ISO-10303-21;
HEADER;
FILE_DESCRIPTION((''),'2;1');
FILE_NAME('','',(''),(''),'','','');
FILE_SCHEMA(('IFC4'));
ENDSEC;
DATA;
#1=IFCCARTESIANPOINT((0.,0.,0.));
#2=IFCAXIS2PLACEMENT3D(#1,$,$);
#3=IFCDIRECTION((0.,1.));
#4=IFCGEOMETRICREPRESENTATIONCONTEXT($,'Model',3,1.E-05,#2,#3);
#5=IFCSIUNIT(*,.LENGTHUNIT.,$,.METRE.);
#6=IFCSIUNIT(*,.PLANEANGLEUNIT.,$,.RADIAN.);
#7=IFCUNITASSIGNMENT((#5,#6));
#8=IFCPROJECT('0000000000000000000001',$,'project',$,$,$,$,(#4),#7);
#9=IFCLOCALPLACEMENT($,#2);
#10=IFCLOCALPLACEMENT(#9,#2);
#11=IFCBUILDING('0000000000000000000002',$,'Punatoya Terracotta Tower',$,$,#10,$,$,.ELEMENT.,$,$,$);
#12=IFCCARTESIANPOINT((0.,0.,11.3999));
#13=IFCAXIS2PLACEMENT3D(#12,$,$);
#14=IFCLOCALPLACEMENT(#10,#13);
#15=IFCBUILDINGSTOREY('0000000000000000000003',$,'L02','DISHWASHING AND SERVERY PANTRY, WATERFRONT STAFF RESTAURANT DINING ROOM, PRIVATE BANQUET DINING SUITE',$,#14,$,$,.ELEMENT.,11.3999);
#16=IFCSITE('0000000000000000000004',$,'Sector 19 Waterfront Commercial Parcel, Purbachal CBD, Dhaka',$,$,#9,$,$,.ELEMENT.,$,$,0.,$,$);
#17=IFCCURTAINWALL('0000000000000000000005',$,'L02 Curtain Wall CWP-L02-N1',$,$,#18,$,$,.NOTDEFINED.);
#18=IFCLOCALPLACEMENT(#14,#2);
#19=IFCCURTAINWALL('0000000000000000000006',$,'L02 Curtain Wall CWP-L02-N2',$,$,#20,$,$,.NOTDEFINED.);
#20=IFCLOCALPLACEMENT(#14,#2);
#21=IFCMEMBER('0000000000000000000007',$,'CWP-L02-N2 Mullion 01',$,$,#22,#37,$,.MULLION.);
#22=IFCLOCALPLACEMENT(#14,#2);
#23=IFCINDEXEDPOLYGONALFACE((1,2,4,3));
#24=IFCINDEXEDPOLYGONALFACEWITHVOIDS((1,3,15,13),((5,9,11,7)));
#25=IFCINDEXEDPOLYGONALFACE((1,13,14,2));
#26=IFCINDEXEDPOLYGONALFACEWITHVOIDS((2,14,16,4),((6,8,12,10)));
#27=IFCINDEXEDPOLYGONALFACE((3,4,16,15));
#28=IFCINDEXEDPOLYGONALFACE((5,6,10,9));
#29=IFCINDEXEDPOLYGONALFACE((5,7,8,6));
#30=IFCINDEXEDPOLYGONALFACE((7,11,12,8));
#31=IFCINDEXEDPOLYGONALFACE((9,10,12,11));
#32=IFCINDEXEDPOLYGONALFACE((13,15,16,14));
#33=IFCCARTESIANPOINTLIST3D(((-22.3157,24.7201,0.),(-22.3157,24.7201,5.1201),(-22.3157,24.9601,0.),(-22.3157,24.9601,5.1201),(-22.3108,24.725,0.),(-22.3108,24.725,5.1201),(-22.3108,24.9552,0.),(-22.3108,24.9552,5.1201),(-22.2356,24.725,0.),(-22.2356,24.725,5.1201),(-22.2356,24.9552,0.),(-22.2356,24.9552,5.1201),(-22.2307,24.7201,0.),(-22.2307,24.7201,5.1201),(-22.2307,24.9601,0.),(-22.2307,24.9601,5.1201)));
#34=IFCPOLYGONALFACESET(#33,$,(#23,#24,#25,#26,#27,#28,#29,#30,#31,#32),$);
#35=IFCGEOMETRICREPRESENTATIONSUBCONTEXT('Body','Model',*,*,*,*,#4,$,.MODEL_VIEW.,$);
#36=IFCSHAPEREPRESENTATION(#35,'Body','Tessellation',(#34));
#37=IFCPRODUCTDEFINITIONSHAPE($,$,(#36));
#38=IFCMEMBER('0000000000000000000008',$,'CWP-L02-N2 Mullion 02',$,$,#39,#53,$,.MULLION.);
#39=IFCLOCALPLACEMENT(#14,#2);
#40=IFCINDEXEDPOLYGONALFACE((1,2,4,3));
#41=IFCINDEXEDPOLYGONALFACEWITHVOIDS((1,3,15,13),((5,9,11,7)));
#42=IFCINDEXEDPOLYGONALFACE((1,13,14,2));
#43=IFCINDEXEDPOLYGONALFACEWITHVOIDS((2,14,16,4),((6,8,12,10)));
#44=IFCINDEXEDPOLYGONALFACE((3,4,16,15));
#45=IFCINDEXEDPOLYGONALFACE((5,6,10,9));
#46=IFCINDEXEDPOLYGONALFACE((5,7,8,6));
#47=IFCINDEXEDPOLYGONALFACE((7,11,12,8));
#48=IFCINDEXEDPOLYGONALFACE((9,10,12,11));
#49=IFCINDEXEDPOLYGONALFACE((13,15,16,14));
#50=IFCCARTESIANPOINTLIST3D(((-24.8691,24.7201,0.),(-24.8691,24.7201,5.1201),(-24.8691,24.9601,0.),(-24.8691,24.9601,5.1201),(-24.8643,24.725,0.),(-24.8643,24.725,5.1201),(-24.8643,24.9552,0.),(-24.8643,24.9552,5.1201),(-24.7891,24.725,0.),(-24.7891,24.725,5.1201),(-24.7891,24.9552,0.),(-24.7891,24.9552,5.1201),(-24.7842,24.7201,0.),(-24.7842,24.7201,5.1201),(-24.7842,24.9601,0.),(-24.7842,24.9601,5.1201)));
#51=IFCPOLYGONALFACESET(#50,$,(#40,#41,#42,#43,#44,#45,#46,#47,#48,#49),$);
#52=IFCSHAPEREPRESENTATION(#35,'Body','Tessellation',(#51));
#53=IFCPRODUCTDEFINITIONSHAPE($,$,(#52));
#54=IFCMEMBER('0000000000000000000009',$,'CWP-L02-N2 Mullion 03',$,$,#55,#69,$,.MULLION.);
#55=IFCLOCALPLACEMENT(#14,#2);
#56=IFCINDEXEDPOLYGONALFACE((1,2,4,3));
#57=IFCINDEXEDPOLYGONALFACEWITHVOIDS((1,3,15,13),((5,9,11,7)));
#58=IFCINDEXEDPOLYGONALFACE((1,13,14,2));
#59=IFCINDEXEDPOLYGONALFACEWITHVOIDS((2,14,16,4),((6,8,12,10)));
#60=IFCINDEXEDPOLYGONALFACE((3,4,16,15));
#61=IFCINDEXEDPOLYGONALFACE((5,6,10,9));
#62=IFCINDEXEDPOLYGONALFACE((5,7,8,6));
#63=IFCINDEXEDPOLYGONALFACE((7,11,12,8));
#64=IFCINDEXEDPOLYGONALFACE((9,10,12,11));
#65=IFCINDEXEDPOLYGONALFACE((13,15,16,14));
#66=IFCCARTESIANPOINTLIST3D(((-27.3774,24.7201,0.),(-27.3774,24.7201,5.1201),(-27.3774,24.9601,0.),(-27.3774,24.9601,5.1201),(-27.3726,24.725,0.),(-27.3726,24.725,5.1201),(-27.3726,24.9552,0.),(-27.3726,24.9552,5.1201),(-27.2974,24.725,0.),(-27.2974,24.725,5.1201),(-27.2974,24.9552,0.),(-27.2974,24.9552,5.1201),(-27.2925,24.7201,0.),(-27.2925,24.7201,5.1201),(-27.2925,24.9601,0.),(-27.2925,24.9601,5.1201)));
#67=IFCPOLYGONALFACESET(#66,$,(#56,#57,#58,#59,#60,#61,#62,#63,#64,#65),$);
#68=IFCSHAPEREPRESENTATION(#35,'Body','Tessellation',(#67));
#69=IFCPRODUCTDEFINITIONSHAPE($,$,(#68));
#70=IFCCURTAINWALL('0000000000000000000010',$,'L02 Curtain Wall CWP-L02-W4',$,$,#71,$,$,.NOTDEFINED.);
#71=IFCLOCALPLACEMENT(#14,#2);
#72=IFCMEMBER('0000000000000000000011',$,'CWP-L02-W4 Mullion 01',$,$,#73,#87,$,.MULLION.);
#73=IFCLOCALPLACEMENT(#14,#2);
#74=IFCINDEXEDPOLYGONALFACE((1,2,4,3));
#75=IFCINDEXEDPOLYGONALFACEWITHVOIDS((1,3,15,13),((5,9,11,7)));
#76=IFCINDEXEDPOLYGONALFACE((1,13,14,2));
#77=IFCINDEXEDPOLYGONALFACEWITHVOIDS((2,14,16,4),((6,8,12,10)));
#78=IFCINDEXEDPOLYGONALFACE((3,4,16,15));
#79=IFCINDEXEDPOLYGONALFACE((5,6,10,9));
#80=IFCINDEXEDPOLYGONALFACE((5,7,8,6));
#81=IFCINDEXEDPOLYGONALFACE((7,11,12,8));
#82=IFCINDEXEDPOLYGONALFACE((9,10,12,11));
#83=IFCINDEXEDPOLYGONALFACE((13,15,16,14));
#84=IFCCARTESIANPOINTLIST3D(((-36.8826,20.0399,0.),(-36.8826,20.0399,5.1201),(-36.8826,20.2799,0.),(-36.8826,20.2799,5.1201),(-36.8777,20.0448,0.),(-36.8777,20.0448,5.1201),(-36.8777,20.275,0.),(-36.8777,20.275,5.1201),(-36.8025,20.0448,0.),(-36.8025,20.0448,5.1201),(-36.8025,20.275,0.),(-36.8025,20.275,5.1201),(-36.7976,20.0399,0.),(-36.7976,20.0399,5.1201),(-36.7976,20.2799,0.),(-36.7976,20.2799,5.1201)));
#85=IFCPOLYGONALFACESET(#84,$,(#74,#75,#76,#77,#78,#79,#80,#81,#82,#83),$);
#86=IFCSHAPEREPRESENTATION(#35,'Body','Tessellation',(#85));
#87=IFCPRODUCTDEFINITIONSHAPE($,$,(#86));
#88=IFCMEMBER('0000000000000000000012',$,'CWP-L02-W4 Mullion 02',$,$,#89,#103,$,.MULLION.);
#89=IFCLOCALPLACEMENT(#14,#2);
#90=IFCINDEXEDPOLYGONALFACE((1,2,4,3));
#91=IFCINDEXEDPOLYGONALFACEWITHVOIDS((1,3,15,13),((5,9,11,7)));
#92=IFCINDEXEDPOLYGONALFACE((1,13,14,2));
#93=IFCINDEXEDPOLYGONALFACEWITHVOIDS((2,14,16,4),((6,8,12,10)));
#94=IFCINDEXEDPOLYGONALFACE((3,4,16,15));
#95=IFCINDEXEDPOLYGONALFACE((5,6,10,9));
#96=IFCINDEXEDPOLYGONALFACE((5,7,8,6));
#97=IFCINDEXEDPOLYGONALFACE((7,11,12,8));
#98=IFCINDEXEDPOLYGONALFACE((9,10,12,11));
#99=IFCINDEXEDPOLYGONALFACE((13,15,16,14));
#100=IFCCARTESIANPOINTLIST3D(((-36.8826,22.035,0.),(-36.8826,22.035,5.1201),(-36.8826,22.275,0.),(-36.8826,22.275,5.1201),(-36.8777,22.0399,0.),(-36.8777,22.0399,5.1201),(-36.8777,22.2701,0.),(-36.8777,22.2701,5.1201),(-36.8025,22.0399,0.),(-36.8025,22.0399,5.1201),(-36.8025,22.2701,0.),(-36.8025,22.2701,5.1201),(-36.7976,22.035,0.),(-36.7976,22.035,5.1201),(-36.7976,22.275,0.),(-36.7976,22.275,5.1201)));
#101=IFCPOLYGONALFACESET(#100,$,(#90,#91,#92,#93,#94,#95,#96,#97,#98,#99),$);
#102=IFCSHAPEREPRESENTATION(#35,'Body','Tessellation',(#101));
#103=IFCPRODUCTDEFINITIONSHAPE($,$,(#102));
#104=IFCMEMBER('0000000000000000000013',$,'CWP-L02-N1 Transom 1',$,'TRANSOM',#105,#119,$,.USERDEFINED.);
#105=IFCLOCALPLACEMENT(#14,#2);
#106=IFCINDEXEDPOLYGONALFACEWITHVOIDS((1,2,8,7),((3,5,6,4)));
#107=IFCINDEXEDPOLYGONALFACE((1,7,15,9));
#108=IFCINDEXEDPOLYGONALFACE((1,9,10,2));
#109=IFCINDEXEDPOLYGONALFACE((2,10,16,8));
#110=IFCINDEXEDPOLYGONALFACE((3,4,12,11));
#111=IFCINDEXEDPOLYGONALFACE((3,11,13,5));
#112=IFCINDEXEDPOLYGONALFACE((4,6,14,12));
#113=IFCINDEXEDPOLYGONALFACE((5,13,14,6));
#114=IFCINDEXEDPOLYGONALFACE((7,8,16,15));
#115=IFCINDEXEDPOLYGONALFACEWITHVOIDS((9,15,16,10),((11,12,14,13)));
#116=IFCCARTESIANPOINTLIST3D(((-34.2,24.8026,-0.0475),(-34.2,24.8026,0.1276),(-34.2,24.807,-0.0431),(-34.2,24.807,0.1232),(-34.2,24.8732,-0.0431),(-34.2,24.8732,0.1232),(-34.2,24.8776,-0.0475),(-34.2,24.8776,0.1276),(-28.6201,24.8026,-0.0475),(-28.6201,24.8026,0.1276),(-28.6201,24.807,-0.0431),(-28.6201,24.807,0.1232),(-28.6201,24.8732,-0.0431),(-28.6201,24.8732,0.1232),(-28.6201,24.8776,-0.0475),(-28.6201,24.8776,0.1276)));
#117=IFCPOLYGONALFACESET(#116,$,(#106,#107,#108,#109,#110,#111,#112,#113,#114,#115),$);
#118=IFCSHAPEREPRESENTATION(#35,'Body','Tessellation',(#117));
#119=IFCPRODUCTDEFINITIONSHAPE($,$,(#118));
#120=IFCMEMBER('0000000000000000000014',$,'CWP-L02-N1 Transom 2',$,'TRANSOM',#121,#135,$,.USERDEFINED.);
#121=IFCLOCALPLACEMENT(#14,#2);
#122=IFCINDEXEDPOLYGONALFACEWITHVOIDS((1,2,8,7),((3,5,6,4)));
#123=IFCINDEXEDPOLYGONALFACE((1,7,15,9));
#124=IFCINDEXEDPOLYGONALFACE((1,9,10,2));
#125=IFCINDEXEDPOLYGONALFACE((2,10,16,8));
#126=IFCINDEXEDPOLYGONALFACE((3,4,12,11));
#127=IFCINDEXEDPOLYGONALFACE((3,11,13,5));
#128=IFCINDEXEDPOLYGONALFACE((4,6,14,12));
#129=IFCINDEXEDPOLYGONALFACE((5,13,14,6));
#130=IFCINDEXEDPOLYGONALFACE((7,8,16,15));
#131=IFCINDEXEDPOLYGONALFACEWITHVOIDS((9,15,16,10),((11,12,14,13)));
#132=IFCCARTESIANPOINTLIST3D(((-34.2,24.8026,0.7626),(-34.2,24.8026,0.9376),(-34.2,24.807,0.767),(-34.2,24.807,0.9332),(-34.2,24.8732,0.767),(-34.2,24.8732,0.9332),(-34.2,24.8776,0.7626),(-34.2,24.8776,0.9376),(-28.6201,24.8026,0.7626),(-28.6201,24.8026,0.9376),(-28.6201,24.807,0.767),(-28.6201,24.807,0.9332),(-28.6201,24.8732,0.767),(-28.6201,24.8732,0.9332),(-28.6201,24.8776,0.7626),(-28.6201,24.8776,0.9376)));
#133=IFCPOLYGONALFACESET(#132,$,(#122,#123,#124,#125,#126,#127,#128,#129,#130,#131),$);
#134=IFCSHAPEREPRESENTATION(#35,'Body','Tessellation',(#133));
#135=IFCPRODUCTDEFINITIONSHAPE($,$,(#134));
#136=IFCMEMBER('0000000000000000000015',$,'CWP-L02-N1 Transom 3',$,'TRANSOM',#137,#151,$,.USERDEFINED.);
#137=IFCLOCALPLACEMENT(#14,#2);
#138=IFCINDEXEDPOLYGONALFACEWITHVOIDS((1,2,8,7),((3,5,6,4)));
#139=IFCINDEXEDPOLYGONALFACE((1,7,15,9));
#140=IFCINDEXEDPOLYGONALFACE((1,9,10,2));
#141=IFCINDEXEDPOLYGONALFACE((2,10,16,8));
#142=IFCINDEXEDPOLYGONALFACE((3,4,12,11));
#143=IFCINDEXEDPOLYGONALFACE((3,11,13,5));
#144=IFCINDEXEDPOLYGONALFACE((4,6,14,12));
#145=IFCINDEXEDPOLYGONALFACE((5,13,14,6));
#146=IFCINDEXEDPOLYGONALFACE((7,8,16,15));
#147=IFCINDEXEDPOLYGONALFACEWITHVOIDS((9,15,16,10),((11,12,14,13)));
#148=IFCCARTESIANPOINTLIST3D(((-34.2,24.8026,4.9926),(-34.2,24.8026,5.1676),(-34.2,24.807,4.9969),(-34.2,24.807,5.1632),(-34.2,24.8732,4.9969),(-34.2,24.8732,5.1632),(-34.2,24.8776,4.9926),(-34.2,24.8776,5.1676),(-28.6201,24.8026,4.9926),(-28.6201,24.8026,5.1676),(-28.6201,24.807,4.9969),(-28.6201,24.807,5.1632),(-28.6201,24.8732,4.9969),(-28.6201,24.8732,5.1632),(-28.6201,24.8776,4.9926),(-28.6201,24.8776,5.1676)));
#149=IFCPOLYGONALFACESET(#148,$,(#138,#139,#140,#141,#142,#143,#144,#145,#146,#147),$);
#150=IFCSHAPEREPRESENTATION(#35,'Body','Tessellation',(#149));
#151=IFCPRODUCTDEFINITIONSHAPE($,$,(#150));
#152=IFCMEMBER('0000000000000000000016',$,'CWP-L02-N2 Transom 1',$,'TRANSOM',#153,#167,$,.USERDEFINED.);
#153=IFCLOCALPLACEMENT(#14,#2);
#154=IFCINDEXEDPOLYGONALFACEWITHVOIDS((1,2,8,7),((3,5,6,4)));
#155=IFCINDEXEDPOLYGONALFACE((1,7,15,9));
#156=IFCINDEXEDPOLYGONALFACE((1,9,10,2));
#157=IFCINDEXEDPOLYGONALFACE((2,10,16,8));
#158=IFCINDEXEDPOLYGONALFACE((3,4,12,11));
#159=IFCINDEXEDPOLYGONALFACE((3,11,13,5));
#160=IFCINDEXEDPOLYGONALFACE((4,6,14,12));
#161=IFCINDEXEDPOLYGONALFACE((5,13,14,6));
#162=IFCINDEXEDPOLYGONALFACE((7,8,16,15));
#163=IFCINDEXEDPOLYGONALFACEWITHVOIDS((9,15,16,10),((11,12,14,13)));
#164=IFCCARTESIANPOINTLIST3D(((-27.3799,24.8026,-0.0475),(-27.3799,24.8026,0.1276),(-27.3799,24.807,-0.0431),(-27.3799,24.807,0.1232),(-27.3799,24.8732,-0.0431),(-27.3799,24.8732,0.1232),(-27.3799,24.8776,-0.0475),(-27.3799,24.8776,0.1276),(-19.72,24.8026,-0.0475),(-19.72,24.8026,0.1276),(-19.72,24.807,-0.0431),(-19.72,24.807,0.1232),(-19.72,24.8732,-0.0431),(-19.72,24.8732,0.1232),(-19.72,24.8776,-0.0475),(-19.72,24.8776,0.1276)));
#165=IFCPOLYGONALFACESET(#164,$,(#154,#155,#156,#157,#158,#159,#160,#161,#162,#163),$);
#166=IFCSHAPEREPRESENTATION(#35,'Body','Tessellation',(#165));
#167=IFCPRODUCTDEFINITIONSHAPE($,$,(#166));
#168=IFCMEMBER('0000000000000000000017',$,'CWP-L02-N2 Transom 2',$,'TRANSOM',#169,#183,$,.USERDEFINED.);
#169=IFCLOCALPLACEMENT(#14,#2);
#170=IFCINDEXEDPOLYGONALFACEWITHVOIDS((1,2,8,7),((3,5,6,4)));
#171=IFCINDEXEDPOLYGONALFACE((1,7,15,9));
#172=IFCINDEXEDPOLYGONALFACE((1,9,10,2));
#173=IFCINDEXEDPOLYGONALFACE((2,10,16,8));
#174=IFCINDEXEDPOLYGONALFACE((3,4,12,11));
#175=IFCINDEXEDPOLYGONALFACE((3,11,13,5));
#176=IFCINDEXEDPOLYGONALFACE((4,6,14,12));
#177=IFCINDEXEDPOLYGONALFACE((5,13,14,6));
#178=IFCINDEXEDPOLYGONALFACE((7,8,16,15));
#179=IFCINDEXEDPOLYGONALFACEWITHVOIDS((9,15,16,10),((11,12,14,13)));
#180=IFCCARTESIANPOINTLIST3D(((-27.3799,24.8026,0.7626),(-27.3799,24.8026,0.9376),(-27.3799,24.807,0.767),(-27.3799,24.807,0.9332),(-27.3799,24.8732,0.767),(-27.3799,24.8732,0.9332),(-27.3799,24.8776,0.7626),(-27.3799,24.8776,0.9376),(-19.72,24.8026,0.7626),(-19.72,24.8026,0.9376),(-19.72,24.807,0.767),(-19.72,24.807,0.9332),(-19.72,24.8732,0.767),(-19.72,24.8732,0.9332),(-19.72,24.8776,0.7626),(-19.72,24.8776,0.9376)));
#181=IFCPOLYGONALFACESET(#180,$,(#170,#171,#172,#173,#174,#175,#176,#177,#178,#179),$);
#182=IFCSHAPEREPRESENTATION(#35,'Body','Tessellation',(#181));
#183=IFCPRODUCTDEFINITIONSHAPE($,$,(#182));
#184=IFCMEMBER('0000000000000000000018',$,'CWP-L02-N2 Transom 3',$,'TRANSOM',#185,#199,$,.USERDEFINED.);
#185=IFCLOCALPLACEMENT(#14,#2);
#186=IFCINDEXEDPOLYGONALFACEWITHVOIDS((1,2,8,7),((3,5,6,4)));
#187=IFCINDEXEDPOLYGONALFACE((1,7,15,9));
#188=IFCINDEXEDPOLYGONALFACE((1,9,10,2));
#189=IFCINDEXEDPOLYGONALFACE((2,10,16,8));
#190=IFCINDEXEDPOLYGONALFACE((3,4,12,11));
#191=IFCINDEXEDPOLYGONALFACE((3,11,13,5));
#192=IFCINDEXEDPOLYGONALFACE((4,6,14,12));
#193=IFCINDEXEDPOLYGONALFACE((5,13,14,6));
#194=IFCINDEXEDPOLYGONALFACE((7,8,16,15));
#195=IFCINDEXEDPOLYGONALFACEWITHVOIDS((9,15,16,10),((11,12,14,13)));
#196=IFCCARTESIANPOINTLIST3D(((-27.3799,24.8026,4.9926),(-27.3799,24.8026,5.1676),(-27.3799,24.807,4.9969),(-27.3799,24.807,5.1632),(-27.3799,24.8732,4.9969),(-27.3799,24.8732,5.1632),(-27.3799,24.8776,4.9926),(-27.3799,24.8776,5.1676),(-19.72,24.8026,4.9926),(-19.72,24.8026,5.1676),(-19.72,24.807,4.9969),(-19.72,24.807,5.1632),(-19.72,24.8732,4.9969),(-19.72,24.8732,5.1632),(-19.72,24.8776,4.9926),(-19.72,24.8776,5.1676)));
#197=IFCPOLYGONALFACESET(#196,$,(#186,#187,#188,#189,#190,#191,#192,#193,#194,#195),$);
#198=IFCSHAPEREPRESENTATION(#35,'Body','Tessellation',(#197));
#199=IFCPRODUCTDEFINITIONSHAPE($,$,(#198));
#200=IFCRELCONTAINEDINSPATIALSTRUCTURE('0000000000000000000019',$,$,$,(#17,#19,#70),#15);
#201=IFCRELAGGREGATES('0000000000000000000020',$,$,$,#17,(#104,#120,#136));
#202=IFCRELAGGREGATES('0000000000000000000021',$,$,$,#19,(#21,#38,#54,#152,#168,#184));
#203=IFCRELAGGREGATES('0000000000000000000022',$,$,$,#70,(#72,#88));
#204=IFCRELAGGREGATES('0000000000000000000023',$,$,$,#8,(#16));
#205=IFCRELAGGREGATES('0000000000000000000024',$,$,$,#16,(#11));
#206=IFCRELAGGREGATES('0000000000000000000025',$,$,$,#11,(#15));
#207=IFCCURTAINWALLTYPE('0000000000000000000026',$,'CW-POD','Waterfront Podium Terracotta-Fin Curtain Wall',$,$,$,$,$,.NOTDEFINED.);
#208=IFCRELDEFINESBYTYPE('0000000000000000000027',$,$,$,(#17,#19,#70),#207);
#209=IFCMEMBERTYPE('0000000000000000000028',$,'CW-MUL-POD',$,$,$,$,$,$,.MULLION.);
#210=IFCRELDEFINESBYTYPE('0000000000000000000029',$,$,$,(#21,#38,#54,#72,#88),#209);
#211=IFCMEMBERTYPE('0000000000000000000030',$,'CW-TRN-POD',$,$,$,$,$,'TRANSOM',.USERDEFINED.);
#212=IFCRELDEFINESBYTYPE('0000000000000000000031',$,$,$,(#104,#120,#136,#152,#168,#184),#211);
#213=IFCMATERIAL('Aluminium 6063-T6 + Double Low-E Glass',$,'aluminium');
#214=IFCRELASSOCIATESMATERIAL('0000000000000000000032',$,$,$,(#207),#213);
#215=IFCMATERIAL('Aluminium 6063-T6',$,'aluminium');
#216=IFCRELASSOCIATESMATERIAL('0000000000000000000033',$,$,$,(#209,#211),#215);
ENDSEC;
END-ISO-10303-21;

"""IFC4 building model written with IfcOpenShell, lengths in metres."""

from ifc_helpers import new_model, si_unit, direction, frame, origin, origin_2d, place, context, subcontext, project, spatial, hollow_rectangle, extrude, material, material_profile, profile_set, type_object, element, aggregate, save


model = new_model("IFC4")

# Units and contexts
model_context = context("Model", 3, precision=1e-05, world=origin(), true_north=direction((0.0, 1.0)))
body_context = subcontext(model_context, "Body", "Model", "MODEL_VIEW")
ifc_project = project(units=[si_unit("LENGTHUNIT", "METRE"), si_unit("PLANEANGLEUNIT", "RADIAN")], contexts=[model_context])

# Site, building, storey
site_placement = place(None, origin())
site = spatial("IfcSite", under=ifc_project, at=site_placement, Name="Sector 19 Waterfront Commercial Parcel, Purbachal CBD, Dhaka", CompositionType="ELEMENT", RefElevation=0.0)
building_placement = place(site_placement, origin())
building = spatial("IfcBuilding", under=site, at=building_placement, Name="Punatoya Terracotta Tower", CompositionType="ELEMENT")
storey_placement = place(building_placement, frame((0.0, 0.0, 11.3999)))
storey = spatial("IfcBuildingStorey", under=building, at=storey_placement, Name="L02", Description="DISHWASHING AND SERVERY PANTRY, WATERFRONT STAFF RESTAURANT DINING ROOM, PRIVATE BANQUET DINING SUITE", CompositionType="ELEMENT", Elevation=11.3999)

# Curtain walls, members
ifc_material_1 = material(Name="Aluminium 6063-T6 + Double Low-E Glass", Category="aluminium")
curtain_wall_type = type_object("IfcCurtainWallType", Name="CW-POD", Description="Waterfront Podium Terracotta-Fin Curtain Wall", PredefinedType="NOTDEFINED", material=ifc_material_1)
curtain_wall_1_placement = place(storey_placement, origin())
curtain_wall_1 = element("IfcCurtainWall", 1, at=curtain_wall_1_placement, inside=storey, type_object=curtain_wall_type, Name="L02 Curtain Wall CWP-L02-N1", PredefinedType="NOTDEFINED")
ifc_material_2 = material(Name="Aluminium 6063-T6", Category="aluminium")
ifc_material_profile_1 = material_profile(ifc_material_2, hollow_rectangle(XDim=0.085, YDim=0.24, WallThickness=0.0049, at=origin_2d()))
ifc_profile_set_1 = profile_set([ifc_material_profile_1], Name="Aluminium 6063-T6")
member_type_1 = type_object("IfcMemberType", Name="CW-MUL-POD", PredefinedType="MULLION", material=ifc_profile_set_1)
curtain_wall_2_placement = place(storey_placement, origin())
curtain_wall_2 = element("IfcCurtainWall", 2, at=curtain_wall_2_placement, inside=storey, type_object=curtain_wall_type, Name="L02 Curtain Wall CWP-L02-N2", PredefinedType="NOTDEFINED")
member_1_placement = place(storey_placement, frame((-22.2732, 24.8401, 0.0), z_axis=(0.0, 0.0, 1.0), x_axis=(1.0, 0.0, 0.0)))
member_1 = element("IfcMember", 3, at=member_1_placement, type_object=member_type_1, Name="CWP-L02-N2 Mullion 01", PredefinedType="MULLION", context=body_context, shape_type="SweptSolid", body=[
    extrude(hollow_rectangle(XDim=0.085, YDim=0.24, WallThickness=0.0049, at=origin_2d()), origin(), (0.0, 0.0, 1.0), 5.1201),
])
member_2_placement = place(storey_placement, frame((-24.8267, 24.8401, 0.0), z_axis=(0.0, 0.0, 1.0), x_axis=(1.0, 0.0, 0.0)))
member_2 = element("IfcMember", 4, at=member_2_placement, type_object=member_type_1, Name="CWP-L02-N2 Mullion 02", PredefinedType="MULLION", context=body_context, shape_type="SweptSolid", body=[
    extrude(hollow_rectangle(XDim=0.085, YDim=0.24, WallThickness=0.0049, at=origin_2d()), origin(), (0.0, 0.0, 1.0), 5.1201),
])
member_3_placement = place(storey_placement, frame((-27.335, 24.8401, 0.0), z_axis=(0.0, 0.0, 1.0), x_axis=(1.0, 0.0, 0.0)))
member_3 = element("IfcMember", 5, at=member_3_placement, type_object=member_type_1, Name="CWP-L02-N2 Mullion 03", PredefinedType="MULLION", context=body_context, shape_type="SweptSolid", body=[
    extrude(hollow_rectangle(XDim=0.085, YDim=0.24, WallThickness=0.0049, at=origin_2d()), origin(), (0.0, 0.0, 1.0), 5.1201),
])
curtain_wall_3_placement = place(storey_placement, origin())
curtain_wall_3 = element("IfcCurtainWall", 6, at=curtain_wall_3_placement, inside=storey, type_object=curtain_wall_type, Name="L02 Curtain Wall CWP-L02-W4", PredefinedType="NOTDEFINED")
member_4_placement = place(storey_placement, frame((-36.8401, 20.1599, 0.0), z_axis=(0.0, 0.0, 1.0), x_axis=(1.0, 0.0, 0.0)))
member_4 = element("IfcMember", 7, at=member_4_placement, type_object=member_type_1, Name="CWP-L02-W4 Mullion 01", PredefinedType="MULLION", context=body_context, shape_type="SweptSolid", body=[
    extrude(hollow_rectangle(XDim=0.085, YDim=0.24, WallThickness=0.0049, at=origin_2d()), origin(), (0.0, 0.0, 1.0), 5.1201),
])
member_5_placement = place(storey_placement, frame((-36.8401, 22.155, 0.0), z_axis=(0.0, 0.0, 1.0), x_axis=(1.0, 0.0, 0.0)))
member_5 = element("IfcMember", 8, at=member_5_placement, type_object=member_type_1, Name="CWP-L02-W4 Mullion 02", PredefinedType="MULLION", context=body_context, shape_type="SweptSolid", body=[
    extrude(hollow_rectangle(XDim=0.085, YDim=0.24, WallThickness=0.0049, at=origin_2d()), origin(), (0.0, 0.0, 1.0), 5.1201),
])

# Members
ifc_material_profile_2 = material_profile(ifc_material_2, hollow_rectangle(XDim=0.075, YDim=0.175, WallThickness=0.0044, at=origin_2d()))
ifc_profile_set_2 = profile_set([ifc_material_profile_2], Name="Aluminium 6063-T6")
member_type_2 = type_object("IfcMemberType", Name="CW-TRN-POD", ElementType="TRANSOM", PredefinedType="USERDEFINED", material=ifc_profile_set_2)
member_6_placement = place(storey_placement, frame((-28.6201, 24.8401, 0.04), z_axis=(-1.0, 0.0, 0.0), x_axis=(0.0, -1.0, 0.0)))
member_6 = element("IfcMember", 9, at=member_6_placement, type_object=member_type_2, Name="CWP-L02-N1 Transom 1", ObjectType="TRANSOM", PredefinedType="USERDEFINED", context=body_context, shape_type="SweptSolid", body=[
    extrude(hollow_rectangle(XDim=0.075, YDim=0.175, WallThickness=0.0044, at=origin_2d()), origin(), (0.0, 0.0, 1.0), 5.5798),
])
member_7_placement = place(storey_placement, frame((-28.6201, 24.8401, 0.8501), z_axis=(-1.0, 0.0, 0.0), x_axis=(0.0, -1.0, 0.0)))
member_7 = element("IfcMember", 10, at=member_7_placement, type_object=member_type_2, Name="CWP-L02-N1 Transom 2", ObjectType="TRANSOM", PredefinedType="USERDEFINED", context=body_context, shape_type="SweptSolid", body=[
    extrude(hollow_rectangle(XDim=0.075, YDim=0.175, WallThickness=0.0044, at=origin_2d()), origin(), (0.0, 0.0, 1.0), 5.5798),
])
member_8_placement = place(storey_placement, frame((-28.6201, 24.8401, 5.0801), z_axis=(-1.0, 0.0, 0.0), x_axis=(0.0, -1.0, 0.0)))
member_8 = element("IfcMember", 11, at=member_8_placement, type_object=member_type_2, Name="CWP-L02-N1 Transom 3", ObjectType="TRANSOM", PredefinedType="USERDEFINED", context=body_context, shape_type="SweptSolid", body=[
    extrude(hollow_rectangle(XDim=0.075, YDim=0.175, WallThickness=0.0044, at=origin_2d()), origin(), (0.0, 0.0, 1.0), 5.5798),
])
member_9_placement = place(storey_placement, frame((-19.72, 24.8401, 0.04), z_axis=(-1.0, 0.0, 0.0), x_axis=(0.0, -1.0, 0.0)))
member_9 = element("IfcMember", 12, at=member_9_placement, type_object=member_type_2, Name="CWP-L02-N2 Transom 1", ObjectType="TRANSOM", PredefinedType="USERDEFINED", context=body_context, shape_type="SweptSolid", body=[
    extrude(hollow_rectangle(XDim=0.075, YDim=0.175, WallThickness=0.0044, at=origin_2d()), origin(), (0.0, 0.0, 1.0), 7.6599),
])
member_10_placement = place(storey_placement, frame((-19.72, 24.8401, 0.8501), z_axis=(-1.0, 0.0, 0.0), x_axis=(0.0, -1.0, 0.0)))
member_10 = element("IfcMember", 13, at=member_10_placement, type_object=member_type_2, Name="CWP-L02-N2 Transom 2", ObjectType="TRANSOM", PredefinedType="USERDEFINED", context=body_context, shape_type="SweptSolid", body=[
    extrude(hollow_rectangle(XDim=0.075, YDim=0.175, WallThickness=0.0044, at=origin_2d()), origin(), (0.0, 0.0, 1.0), 7.6599),
])
member_11_placement = place(storey_placement, frame((-19.72, 24.8401, 5.0801), z_axis=(-1.0, 0.0, 0.0), x_axis=(0.0, -1.0, 0.0)))
member_11 = element("IfcMember", 14, at=member_11_placement, type_object=member_type_2, Name="CWP-L02-N2 Transom 3", ObjectType="TRANSOM", PredefinedType="USERDEFINED", context=body_context, shape_type="SweptSolid", body=[
    extrude(hollow_rectangle(XDim=0.075, YDim=0.175, WallThickness=0.0044, at=origin_2d()), origin(), (0.0, 0.0, 1.0), 7.6599),
])

aggregate(curtain_wall_1, [member_6, member_7, member_8])
aggregate(curtain_wall_2, [member_1, member_2, member_3, member_9, member_10, member_11])
aggregate(curtain_wall_3, [member_4, member_5])

save(model, "model.ifc")
